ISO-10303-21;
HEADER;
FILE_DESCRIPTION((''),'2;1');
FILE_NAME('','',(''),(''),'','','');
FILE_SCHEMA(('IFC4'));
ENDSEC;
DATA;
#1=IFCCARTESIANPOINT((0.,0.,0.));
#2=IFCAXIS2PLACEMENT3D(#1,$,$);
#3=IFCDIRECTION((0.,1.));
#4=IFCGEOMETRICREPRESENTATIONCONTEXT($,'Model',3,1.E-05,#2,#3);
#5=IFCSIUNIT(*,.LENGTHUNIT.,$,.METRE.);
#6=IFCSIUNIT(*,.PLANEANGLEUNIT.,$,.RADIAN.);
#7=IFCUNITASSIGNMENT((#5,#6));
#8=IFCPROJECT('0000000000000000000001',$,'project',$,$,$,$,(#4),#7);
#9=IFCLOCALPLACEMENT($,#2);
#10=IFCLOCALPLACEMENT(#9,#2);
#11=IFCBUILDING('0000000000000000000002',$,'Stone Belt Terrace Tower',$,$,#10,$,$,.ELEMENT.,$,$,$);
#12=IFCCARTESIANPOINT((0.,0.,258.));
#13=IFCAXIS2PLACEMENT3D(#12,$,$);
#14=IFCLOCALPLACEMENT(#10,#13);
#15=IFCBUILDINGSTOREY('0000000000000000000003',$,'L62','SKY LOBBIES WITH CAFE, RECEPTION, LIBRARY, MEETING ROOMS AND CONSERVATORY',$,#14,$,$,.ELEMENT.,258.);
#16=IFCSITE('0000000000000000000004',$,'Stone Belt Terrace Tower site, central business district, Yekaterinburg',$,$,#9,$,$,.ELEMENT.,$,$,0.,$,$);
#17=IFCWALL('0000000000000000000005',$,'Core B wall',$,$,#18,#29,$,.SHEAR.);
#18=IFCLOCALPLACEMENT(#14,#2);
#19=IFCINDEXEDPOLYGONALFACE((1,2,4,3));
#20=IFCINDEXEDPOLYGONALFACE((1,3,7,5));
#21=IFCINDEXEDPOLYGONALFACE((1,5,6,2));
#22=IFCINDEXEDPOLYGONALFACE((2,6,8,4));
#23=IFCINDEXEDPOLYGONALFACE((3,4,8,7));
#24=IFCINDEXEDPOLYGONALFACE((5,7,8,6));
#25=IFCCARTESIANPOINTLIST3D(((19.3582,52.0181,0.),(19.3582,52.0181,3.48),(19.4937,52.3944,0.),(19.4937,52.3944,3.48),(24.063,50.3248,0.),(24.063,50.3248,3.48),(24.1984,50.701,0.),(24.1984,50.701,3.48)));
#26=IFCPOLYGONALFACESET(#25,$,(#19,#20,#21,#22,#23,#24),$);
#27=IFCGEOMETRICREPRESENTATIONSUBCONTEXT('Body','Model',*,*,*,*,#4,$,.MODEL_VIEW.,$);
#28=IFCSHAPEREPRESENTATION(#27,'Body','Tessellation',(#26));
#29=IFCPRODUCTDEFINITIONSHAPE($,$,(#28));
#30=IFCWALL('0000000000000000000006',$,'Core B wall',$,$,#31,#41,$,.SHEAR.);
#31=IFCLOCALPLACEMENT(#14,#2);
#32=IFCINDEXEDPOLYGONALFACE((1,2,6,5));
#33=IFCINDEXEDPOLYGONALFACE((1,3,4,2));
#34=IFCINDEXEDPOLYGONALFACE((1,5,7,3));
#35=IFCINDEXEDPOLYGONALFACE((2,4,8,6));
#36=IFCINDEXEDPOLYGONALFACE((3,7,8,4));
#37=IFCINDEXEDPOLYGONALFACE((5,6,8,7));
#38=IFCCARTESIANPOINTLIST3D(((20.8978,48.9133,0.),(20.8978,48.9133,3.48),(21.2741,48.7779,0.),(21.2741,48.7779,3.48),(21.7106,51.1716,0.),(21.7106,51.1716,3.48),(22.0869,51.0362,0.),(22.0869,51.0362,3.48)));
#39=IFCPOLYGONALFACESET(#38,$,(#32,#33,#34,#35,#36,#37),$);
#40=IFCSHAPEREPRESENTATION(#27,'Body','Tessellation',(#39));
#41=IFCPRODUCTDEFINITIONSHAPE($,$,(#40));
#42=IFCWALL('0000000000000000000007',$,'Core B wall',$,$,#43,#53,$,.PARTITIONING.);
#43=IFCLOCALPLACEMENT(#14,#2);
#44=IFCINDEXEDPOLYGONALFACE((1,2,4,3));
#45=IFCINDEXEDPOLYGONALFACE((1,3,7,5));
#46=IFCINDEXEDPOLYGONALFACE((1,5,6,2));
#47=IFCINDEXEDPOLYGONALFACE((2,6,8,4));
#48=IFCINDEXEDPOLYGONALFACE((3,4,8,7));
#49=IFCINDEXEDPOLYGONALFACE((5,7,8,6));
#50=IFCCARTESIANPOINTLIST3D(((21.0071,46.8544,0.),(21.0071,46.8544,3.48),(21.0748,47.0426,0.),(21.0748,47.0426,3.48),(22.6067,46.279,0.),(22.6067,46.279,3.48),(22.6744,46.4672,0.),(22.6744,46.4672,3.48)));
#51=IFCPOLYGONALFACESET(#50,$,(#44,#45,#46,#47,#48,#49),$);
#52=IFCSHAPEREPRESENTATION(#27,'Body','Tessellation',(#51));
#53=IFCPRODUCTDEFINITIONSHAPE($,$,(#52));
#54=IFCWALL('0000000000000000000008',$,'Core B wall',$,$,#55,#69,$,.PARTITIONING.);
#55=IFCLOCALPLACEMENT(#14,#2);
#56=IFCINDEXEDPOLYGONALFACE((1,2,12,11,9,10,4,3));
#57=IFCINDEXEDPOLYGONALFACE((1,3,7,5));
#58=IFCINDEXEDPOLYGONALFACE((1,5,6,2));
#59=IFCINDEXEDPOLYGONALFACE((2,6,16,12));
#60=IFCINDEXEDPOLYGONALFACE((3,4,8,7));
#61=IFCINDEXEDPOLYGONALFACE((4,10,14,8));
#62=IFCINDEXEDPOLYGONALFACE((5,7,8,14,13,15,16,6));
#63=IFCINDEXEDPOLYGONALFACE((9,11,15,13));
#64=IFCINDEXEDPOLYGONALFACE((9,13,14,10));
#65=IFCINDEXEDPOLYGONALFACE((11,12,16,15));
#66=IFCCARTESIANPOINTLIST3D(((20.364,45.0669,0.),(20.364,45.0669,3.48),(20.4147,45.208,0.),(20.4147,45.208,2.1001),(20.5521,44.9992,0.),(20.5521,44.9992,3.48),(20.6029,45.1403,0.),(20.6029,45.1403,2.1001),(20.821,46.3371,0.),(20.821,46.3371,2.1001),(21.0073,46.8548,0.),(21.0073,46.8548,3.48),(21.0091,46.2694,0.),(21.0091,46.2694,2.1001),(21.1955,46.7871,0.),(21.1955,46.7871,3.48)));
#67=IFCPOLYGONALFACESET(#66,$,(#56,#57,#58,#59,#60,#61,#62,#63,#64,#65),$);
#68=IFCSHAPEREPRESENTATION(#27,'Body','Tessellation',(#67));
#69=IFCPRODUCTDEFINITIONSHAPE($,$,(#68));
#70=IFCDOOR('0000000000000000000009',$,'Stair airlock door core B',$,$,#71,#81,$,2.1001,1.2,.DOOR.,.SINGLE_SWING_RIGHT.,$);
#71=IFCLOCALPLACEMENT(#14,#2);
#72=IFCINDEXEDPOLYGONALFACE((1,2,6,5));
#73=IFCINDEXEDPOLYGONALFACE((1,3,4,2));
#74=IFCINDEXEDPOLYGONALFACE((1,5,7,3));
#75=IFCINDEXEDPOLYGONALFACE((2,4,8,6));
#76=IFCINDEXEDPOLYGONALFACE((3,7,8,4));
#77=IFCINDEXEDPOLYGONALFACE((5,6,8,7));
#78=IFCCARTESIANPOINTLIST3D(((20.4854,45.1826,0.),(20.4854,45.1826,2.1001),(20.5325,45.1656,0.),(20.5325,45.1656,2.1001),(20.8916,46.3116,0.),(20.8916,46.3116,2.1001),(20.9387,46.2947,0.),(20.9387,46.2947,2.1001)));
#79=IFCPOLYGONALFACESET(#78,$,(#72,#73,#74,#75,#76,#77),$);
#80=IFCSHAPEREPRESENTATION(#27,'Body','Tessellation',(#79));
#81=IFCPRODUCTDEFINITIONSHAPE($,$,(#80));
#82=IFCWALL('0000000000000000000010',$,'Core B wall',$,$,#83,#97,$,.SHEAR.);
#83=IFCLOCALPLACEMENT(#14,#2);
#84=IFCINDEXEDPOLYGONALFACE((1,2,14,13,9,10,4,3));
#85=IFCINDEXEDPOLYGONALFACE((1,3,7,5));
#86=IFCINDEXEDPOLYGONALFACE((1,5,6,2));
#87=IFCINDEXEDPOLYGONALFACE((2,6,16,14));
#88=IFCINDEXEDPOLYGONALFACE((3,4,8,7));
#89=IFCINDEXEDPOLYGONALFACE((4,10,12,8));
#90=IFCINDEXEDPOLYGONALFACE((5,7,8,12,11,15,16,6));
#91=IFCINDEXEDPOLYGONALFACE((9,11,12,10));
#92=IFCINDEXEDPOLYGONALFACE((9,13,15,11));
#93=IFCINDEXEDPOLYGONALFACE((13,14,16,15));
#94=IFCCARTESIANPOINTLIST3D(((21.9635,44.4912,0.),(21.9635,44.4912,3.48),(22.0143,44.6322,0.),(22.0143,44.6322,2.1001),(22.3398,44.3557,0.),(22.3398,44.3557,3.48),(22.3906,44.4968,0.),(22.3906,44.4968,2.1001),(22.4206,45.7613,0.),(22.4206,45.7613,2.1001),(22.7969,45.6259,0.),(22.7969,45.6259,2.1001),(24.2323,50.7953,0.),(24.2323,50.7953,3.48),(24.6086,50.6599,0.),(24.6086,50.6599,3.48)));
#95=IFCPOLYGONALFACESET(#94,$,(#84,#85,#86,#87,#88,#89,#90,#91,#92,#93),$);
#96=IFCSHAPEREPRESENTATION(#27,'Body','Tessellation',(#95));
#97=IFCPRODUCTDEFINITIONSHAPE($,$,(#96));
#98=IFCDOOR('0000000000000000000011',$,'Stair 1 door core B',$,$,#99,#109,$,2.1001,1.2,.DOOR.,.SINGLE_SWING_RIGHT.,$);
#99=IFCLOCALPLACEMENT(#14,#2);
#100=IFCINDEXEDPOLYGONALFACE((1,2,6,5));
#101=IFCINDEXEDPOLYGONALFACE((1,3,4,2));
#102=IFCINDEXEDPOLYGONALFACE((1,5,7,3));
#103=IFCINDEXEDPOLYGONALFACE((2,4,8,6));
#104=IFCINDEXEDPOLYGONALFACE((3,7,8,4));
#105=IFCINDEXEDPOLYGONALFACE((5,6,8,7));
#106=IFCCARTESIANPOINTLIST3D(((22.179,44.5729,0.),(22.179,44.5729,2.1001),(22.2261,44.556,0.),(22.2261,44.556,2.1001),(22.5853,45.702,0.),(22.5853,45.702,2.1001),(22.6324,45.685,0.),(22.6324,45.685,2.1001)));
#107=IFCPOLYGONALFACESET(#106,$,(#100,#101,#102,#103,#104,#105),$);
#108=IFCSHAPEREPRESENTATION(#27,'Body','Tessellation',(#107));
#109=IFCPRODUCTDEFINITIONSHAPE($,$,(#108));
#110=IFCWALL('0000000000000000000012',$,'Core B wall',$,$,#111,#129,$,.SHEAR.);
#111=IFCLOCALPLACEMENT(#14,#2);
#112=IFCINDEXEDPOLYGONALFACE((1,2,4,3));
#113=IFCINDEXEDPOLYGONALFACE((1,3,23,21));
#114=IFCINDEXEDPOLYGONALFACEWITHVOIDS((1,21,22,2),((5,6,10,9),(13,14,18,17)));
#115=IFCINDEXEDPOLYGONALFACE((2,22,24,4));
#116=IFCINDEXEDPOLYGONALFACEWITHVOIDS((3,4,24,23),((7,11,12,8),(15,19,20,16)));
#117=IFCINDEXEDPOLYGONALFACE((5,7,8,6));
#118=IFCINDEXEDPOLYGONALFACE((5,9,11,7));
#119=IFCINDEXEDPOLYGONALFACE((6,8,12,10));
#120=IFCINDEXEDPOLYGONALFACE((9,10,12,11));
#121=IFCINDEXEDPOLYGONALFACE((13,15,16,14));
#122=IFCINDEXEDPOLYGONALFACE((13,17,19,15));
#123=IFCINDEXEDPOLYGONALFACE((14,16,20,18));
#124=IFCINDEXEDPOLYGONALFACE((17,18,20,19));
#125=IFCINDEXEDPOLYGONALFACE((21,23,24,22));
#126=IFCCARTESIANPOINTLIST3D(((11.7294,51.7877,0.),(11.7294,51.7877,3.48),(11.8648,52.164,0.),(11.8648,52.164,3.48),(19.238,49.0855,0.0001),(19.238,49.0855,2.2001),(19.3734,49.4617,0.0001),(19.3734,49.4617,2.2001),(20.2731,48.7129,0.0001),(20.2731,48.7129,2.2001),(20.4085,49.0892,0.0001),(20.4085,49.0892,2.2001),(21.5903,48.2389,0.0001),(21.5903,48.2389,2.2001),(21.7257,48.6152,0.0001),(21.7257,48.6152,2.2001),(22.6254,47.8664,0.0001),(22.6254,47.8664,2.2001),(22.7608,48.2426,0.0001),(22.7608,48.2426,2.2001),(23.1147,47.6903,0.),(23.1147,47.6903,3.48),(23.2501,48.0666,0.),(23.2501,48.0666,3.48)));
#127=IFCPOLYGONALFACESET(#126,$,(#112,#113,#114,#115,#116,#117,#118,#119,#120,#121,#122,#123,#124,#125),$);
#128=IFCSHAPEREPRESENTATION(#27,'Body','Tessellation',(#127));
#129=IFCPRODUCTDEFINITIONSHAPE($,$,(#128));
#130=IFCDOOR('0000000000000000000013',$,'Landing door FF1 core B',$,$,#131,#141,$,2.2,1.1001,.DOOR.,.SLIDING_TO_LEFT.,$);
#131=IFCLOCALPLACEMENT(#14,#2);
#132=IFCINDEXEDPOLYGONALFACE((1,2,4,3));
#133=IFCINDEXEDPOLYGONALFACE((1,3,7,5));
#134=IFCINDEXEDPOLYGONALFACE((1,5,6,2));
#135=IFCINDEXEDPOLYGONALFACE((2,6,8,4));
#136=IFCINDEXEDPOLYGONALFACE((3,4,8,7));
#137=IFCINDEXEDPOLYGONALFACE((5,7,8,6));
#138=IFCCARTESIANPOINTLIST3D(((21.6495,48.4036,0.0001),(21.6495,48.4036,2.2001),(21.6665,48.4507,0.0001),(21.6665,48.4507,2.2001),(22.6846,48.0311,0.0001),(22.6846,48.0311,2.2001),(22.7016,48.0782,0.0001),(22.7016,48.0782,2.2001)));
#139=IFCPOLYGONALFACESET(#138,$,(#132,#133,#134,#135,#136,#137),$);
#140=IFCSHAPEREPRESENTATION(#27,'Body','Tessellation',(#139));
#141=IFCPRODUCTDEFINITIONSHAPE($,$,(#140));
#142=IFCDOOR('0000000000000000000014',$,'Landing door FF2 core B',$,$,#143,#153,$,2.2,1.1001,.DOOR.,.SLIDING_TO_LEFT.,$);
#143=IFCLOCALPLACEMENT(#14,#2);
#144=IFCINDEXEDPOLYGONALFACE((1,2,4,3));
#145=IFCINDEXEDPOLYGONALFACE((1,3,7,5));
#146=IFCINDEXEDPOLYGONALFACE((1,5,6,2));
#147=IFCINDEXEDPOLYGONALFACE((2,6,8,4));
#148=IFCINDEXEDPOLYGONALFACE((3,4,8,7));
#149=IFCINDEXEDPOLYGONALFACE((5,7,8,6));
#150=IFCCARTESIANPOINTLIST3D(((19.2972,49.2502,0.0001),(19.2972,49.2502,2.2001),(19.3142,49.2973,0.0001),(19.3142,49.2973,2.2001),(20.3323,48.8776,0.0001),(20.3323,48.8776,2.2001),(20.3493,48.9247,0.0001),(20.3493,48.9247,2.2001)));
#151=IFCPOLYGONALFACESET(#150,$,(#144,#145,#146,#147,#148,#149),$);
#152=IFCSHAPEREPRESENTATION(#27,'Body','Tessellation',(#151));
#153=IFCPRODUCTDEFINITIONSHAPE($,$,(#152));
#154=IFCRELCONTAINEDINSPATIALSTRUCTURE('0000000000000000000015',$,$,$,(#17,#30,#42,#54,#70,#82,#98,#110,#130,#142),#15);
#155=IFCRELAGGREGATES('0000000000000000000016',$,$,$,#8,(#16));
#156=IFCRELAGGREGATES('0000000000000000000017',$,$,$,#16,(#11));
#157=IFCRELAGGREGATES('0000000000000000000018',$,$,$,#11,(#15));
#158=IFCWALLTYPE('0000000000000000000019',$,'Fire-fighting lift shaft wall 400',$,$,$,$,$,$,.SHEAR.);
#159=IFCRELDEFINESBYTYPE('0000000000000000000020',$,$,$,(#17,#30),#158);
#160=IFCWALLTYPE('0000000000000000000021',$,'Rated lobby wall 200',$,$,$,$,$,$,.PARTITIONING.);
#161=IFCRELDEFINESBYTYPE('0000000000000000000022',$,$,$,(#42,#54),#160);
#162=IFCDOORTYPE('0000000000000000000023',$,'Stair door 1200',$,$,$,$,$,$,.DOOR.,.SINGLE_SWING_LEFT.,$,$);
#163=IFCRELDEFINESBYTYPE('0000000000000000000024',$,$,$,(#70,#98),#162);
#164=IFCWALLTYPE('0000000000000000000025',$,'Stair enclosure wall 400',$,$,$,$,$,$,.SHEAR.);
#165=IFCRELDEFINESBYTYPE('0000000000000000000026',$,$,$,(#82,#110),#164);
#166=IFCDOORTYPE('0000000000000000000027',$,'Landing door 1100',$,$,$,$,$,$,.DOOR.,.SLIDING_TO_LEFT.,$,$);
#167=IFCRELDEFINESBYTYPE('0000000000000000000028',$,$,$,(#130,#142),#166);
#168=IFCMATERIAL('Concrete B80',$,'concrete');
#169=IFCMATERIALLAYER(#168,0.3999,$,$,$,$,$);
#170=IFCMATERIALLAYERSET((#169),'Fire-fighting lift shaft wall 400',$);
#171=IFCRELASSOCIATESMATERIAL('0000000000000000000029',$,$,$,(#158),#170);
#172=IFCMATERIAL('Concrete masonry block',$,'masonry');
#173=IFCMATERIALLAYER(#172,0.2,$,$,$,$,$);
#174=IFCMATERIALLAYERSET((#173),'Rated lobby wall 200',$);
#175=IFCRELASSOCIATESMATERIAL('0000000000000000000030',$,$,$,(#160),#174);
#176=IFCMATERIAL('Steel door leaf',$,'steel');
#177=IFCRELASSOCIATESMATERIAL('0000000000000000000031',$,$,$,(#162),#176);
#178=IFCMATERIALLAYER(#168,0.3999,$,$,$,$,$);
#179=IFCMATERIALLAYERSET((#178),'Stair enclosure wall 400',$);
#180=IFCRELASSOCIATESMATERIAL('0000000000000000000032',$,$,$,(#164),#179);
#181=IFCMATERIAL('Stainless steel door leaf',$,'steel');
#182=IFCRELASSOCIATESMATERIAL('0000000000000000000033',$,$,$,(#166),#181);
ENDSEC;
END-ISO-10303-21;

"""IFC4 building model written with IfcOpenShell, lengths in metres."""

from ifc_helpers import new_model, si_unit, direction, frame, frame_2d, origin, place, context, subcontext, project, spatial, rectangle, extrude, material, layer, layer_set, type_object, element, fill, save


model = new_model("IFC4")

# Units and contexts
model_context = context("Model", 3, precision=1e-05, world=origin(), true_north=direction((0.0, 1.0)))
body_context = subcontext(model_context, "Body", "Model", "MODEL_VIEW")
ifc_project = project(units=[si_unit("LENGTHUNIT", "METRE"), si_unit("PLANEANGLEUNIT", "RADIAN")], contexts=[model_context])

# Site, building, storey
site_placement = place(None, origin())
site = spatial("IfcSite", under=ifc_project, at=site_placement, Name="Stone Belt Terrace Tower site, central business district, Yekaterinburg", CompositionType="ELEMENT", RefElevation=0.0)
building_placement = place(site_placement, origin())
building = spatial("IfcBuilding", under=site, at=building_placement, Name="Stone Belt Terrace Tower", CompositionType="ELEMENT")
storey_placement = place(building_placement, frame((0.0, 0.0, 258.0)))
storey = spatial("IfcBuildingStorey", under=building, at=storey_placement, Name="L62", Description="SKY LOBBIES WITH CAFE, RECEPTION, LIBRARY, MEETING ROOMS AND CONSERVATORY", CompositionType="ELEMENT", Elevation=258.0)

# Walls
ifc_material_1 = material(Name="Concrete B80", Category="concrete")
ifc_layer_1 = layer(ifc_material_1, 0.3999)
ifc_layer_set_1 = layer_set([ifc_layer_1], Name="Fire-fighting lift shaft wall 400")
wall_type_1 = type_object("IfcWallType", Name="Fire-fighting lift shaft wall 400", PredefinedType="SHEAR", material=ifc_layer_set_1)
wall_1_placement = place(storey_placement, frame((24.1306, 50.5129, 0.0), z_axis=(0.0, 0.0, 1.0), x_axis=(-0.940912, 0.338652, 0.0)))
element("IfcWall", 1, at=wall_1_placement, inside=storey, type_object=wall_type_1, Name="Core B wall", PredefinedType="SHEAR", context=body_context, shape_type="SweptSolid", body=[
    extrude(rectangle(XDim=5.0002, YDim=0.3999, at=frame_2d((2.5, 0.0))), origin(), (0.0, 0.0, 1.0), 3.48),
])
wall_2_placement = place(storey_placement, frame((21.0859, 48.8455, 0.0), z_axis=(0.0, 0.0, 1.0), x_axis=(0.338629, 0.94092, 0.0)))
element("IfcWall", 2, at=wall_2_placement, inside=storey, type_object=wall_type_1, Name="Core B wall", PredefinedType="SHEAR", context=body_context, shape_type="SweptSolid", body=[
    extrude(rectangle(XDim=2.4001, YDim=0.3999, at=frame_2d((1.2002, 0.0))), origin(), (0.0, 0.0, 1.0), 3.48),
])
ifc_material_2 = material(Name="Concrete masonry block", Category="masonry")
ifc_layer_2 = layer(ifc_material_2, 0.2)
ifc_layer_set_2 = layer_set([ifc_layer_2], Name="Rated lobby wall 200")
wall_type_2 = type_object("IfcWallType", Name="Rated lobby wall 200", PredefinedType="PARTITIONING", material=ifc_layer_set_2)
wall_3_placement = place(storey_placement, frame((22.6406, 46.373, 0.0), z_axis=(0.0, 0.0, 1.0), x_axis=(-0.940966, 0.338501, 0.0)))
element("IfcWall", 3, at=wall_3_placement, inside=storey, type_object=wall_type_2, Name="Core B wall", PredefinedType="PARTITIONING", context=body_context, shape_type="SweptSolid", body=[
    extrude(rectangle(XDim=1.7, YDim=0.2, at=frame_2d((0.8501, 0.0))), origin(), (0.0, 0.0, 1.0), 3.48),
])

# Walls, openings, doors
wall_4_placement = place(storey_placement, frame((20.458, 45.033, 0.0), z_axis=(0.0, 0.0, 1.0), x_axis=(0.338574, 0.94094, 0.0)))
wall_4 = element("IfcWall", 4, at=wall_4_placement, inside=storey, type_object=wall_type_2, Name="Core B wall", PredefinedType="PARTITIONING", context=body_context, shape_type="SweptSolid", body=[
    extrude(rectangle(XDim=1.9001, YDim=0.2, at=frame_2d((0.9502, 0.0))), origin(), (0.0, 0.0, 1.0), 3.48),
])
opening_1_placement = place(wall_4_placement, frame((0.1499, 0.0, 0.0)))
opening_1 = element("IfcOpeningElement", 5, at=opening_1_placement, cuts=wall_4, PredefinedType="OPENING", context=body_context, shape_type="SweptSolid", body=[
    extrude(rectangle(XDim=1.2, YDim=2.1001, at=frame_2d((0.6001, 1.05))), frame((0.0, 0.1099, 0.0), z_axis=(0.0, -1.0, 0.0), x_axis=(1.0, 0.0, 0.0)), (0.0, 0.0, 1.0), 0.22),
])
ifc_material_3 = material(Name="Steel door leaf", Category="steel")
door_type_1 = type_object("IfcDoorType", Name="Stair door 1200", OperationType="SINGLE_SWING_LEFT", PredefinedType="DOOR", material=ifc_material_3)
door_1_placement = place(opening_1_placement, origin())
door_1 = element("IfcDoor", 6, at=door_1_placement, inside=storey, type_object=door_type_1, Name="Stair airlock door core B", OperationType="SINGLE_SWING_RIGHT", OverallHeight=2.1001, OverallWidth=1.2, PredefinedType="DOOR", context=body_context, shape_type="SweptSolid", body=[
    extrude(rectangle(XDim=1.2, YDim=2.1001, at=frame_2d((0.6001, 1.05))), frame((0.0, 0.0249, 0.0), z_axis=(0.0, -1.0, 0.0), x_axis=(1.0, 0.0, 0.0)), (0.0, 0.0, 1.0), 0.05),
])
fill(opening_1, door_1)
ifc_layer_3 = layer(ifc_material_1, 0.3999)
ifc_layer_set_3 = layer_set([ifc_layer_3], Name="Stair enclosure wall 400")
wall_type_3 = type_object("IfcWallType", Name="Stair enclosure wall 400", PredefinedType="SHEAR", material=ifc_layer_set_3)
wall_5_placement = place(storey_placement, frame((22.1516, 44.4233, 0.0), z_axis=(0.0, 0.0, 1.0), x_axis=(0.338625, 0.940921, 0.0)))
wall_5 = element("IfcWall", 7, at=wall_5_placement, inside=storey, type_object=wall_type_3, Name="Core B wall", PredefinedType="SHEAR", context=body_context, shape_type="SweptSolid", body=[
    extrude(rectangle(XDim=6.7, YDim=0.3999, at=frame_2d((3.3501, 0.0))), origin(), (0.0, 0.0, 1.0), 3.48),
])
opening_2_placement = place(wall_5_placement, frame((0.1499, 0.0, 0.0)))
opening_2 = element("IfcOpeningElement", 8, at=opening_2_placement, cuts=wall_5, PredefinedType="OPENING", context=body_context, shape_type="SweptSolid", body=[
    extrude(rectangle(XDim=1.2, YDim=2.1001, at=frame_2d((0.6001, 1.05))), frame((0.0, 0.21, 0.0), z_axis=(0.0, -1.0, 0.0), x_axis=(1.0, 0.0, 0.0)), (0.0, 0.0, 1.0), 0.4199),
])
door_2_placement = place(opening_2_placement, origin())
door_2 = element("IfcDoor", 9, at=door_2_placement, inside=storey, type_object=door_type_1, Name="Stair 1 door core B", OperationType="SINGLE_SWING_RIGHT", OverallHeight=2.1001, OverallWidth=1.2, PredefinedType="DOOR", context=body_context, shape_type="SweptSolid", body=[
    extrude(rectangle(XDim=1.2, YDim=2.1001, at=frame_2d((0.6001, 1.05))), frame((0.0, 0.0249, 0.0), z_axis=(0.0, -1.0, 0.0), x_axis=(1.0, 0.0, 0.0)), (0.0, 0.0, 1.0), 0.05),
])
fill(opening_2, door_2)

# Wall, openings, doors
wall_6_placement = place(storey_placement, frame((23.1824, 47.8784, 0.0), z_axis=(0.0, 0.0, 1.0), x_axis=(-0.940921, 0.338626, 0.0)))
wall_6 = element("IfcWall", 10, at=wall_6_placement, inside=storey, type_object=wall_type_3, Name="Core B wall", PredefinedType="SHEAR", context=body_context, shape_type="SweptSolid", body=[
    extrude(rectangle(XDim=12.1001, YDim=0.3999, at=frame_2d((6.05, 0.0))), origin(), (0.0, 0.0, 1.0), 3.48),
])
opening_3_placement = place(wall_6_placement, frame((0.52, 0.0, 0.0)))
opening_3 = element("IfcOpeningElement", 11, at=opening_3_placement, cuts=wall_6, PredefinedType="OPENING", context=body_context, shape_type="SweptSolid", body=[
    extrude(rectangle(XDim=1.1001, YDim=2.2, at=frame_2d((0.55, 1.1001))), frame((0.0, 0.21, 0.0), z_axis=(0.0, -1.0, 0.0), x_axis=(1.0, 0.0, 0.0)), (0.0, 0.0, 1.0), 0.4199),
])
opening_4_placement = place(wall_6_placement, frame((3.02, 0.0, 0.0)))
opening_4 = element("IfcOpeningElement", 12, at=opening_4_placement, cuts=wall_6, PredefinedType="OPENING", context=body_context, shape_type="SweptSolid", body=[
    extrude(rectangle(XDim=1.1001, YDim=2.2, at=frame_2d((0.55, 1.1001))), frame((0.0, 0.21, 0.0), z_axis=(0.0, -1.0, 0.0), x_axis=(1.0, 0.0, 0.0)), (0.0, 0.0, 1.0), 0.4199),
])
ifc_material_4 = material(Name="Stainless steel door leaf", Category="steel")
door_type_2 = type_object("IfcDoorType", Name="Landing door 1100", OperationType="SLIDING_TO_LEFT", PredefinedType="DOOR", material=ifc_material_4)
door_3_placement = place(opening_3_placement, origin())
door_3 = element("IfcDoor", 13, at=door_3_placement, inside=storey, type_object=door_type_2, Name="Landing door FF1 core B", OperationType="SLIDING_TO_LEFT", OverallHeight=2.2, OverallWidth=1.1001, PredefinedType="DOOR", context=body_context, shape_type="SweptSolid", body=[
    extrude(rectangle(XDim=1.1001, YDim=2.2, at=frame_2d((0.55, 1.1001))), frame((0.0, 0.0249, 0.0), z_axis=(0.0, -1.0, 0.0), x_axis=(1.0, 0.0, 0.0)), (0.0, 0.0, 1.0), 0.05),
])
fill(opening_3, door_3)
door_4_placement = place(opening_4_placement, origin())
door_4 = element("IfcDoor", 14, at=door_4_placement, inside=storey, type_object=door_type_2, Name="Landing door FF2 core B", OperationType="SLIDING_TO_LEFT", OverallHeight=2.2, OverallWidth=1.1001, PredefinedType="DOOR", context=body_context, shape_type="SweptSolid", body=[
    extrude(rectangle(XDim=1.1001, YDim=2.2, at=frame_2d((0.55, 1.1001))), frame((0.0, 0.0249, 0.0), z_axis=(0.0, -1.0, 0.0), x_axis=(1.0, 0.0, 0.0)), (0.0, 0.0, 1.0), 0.05),
])
fill(opening_4, door_4)

save(model, "model.ifc")
